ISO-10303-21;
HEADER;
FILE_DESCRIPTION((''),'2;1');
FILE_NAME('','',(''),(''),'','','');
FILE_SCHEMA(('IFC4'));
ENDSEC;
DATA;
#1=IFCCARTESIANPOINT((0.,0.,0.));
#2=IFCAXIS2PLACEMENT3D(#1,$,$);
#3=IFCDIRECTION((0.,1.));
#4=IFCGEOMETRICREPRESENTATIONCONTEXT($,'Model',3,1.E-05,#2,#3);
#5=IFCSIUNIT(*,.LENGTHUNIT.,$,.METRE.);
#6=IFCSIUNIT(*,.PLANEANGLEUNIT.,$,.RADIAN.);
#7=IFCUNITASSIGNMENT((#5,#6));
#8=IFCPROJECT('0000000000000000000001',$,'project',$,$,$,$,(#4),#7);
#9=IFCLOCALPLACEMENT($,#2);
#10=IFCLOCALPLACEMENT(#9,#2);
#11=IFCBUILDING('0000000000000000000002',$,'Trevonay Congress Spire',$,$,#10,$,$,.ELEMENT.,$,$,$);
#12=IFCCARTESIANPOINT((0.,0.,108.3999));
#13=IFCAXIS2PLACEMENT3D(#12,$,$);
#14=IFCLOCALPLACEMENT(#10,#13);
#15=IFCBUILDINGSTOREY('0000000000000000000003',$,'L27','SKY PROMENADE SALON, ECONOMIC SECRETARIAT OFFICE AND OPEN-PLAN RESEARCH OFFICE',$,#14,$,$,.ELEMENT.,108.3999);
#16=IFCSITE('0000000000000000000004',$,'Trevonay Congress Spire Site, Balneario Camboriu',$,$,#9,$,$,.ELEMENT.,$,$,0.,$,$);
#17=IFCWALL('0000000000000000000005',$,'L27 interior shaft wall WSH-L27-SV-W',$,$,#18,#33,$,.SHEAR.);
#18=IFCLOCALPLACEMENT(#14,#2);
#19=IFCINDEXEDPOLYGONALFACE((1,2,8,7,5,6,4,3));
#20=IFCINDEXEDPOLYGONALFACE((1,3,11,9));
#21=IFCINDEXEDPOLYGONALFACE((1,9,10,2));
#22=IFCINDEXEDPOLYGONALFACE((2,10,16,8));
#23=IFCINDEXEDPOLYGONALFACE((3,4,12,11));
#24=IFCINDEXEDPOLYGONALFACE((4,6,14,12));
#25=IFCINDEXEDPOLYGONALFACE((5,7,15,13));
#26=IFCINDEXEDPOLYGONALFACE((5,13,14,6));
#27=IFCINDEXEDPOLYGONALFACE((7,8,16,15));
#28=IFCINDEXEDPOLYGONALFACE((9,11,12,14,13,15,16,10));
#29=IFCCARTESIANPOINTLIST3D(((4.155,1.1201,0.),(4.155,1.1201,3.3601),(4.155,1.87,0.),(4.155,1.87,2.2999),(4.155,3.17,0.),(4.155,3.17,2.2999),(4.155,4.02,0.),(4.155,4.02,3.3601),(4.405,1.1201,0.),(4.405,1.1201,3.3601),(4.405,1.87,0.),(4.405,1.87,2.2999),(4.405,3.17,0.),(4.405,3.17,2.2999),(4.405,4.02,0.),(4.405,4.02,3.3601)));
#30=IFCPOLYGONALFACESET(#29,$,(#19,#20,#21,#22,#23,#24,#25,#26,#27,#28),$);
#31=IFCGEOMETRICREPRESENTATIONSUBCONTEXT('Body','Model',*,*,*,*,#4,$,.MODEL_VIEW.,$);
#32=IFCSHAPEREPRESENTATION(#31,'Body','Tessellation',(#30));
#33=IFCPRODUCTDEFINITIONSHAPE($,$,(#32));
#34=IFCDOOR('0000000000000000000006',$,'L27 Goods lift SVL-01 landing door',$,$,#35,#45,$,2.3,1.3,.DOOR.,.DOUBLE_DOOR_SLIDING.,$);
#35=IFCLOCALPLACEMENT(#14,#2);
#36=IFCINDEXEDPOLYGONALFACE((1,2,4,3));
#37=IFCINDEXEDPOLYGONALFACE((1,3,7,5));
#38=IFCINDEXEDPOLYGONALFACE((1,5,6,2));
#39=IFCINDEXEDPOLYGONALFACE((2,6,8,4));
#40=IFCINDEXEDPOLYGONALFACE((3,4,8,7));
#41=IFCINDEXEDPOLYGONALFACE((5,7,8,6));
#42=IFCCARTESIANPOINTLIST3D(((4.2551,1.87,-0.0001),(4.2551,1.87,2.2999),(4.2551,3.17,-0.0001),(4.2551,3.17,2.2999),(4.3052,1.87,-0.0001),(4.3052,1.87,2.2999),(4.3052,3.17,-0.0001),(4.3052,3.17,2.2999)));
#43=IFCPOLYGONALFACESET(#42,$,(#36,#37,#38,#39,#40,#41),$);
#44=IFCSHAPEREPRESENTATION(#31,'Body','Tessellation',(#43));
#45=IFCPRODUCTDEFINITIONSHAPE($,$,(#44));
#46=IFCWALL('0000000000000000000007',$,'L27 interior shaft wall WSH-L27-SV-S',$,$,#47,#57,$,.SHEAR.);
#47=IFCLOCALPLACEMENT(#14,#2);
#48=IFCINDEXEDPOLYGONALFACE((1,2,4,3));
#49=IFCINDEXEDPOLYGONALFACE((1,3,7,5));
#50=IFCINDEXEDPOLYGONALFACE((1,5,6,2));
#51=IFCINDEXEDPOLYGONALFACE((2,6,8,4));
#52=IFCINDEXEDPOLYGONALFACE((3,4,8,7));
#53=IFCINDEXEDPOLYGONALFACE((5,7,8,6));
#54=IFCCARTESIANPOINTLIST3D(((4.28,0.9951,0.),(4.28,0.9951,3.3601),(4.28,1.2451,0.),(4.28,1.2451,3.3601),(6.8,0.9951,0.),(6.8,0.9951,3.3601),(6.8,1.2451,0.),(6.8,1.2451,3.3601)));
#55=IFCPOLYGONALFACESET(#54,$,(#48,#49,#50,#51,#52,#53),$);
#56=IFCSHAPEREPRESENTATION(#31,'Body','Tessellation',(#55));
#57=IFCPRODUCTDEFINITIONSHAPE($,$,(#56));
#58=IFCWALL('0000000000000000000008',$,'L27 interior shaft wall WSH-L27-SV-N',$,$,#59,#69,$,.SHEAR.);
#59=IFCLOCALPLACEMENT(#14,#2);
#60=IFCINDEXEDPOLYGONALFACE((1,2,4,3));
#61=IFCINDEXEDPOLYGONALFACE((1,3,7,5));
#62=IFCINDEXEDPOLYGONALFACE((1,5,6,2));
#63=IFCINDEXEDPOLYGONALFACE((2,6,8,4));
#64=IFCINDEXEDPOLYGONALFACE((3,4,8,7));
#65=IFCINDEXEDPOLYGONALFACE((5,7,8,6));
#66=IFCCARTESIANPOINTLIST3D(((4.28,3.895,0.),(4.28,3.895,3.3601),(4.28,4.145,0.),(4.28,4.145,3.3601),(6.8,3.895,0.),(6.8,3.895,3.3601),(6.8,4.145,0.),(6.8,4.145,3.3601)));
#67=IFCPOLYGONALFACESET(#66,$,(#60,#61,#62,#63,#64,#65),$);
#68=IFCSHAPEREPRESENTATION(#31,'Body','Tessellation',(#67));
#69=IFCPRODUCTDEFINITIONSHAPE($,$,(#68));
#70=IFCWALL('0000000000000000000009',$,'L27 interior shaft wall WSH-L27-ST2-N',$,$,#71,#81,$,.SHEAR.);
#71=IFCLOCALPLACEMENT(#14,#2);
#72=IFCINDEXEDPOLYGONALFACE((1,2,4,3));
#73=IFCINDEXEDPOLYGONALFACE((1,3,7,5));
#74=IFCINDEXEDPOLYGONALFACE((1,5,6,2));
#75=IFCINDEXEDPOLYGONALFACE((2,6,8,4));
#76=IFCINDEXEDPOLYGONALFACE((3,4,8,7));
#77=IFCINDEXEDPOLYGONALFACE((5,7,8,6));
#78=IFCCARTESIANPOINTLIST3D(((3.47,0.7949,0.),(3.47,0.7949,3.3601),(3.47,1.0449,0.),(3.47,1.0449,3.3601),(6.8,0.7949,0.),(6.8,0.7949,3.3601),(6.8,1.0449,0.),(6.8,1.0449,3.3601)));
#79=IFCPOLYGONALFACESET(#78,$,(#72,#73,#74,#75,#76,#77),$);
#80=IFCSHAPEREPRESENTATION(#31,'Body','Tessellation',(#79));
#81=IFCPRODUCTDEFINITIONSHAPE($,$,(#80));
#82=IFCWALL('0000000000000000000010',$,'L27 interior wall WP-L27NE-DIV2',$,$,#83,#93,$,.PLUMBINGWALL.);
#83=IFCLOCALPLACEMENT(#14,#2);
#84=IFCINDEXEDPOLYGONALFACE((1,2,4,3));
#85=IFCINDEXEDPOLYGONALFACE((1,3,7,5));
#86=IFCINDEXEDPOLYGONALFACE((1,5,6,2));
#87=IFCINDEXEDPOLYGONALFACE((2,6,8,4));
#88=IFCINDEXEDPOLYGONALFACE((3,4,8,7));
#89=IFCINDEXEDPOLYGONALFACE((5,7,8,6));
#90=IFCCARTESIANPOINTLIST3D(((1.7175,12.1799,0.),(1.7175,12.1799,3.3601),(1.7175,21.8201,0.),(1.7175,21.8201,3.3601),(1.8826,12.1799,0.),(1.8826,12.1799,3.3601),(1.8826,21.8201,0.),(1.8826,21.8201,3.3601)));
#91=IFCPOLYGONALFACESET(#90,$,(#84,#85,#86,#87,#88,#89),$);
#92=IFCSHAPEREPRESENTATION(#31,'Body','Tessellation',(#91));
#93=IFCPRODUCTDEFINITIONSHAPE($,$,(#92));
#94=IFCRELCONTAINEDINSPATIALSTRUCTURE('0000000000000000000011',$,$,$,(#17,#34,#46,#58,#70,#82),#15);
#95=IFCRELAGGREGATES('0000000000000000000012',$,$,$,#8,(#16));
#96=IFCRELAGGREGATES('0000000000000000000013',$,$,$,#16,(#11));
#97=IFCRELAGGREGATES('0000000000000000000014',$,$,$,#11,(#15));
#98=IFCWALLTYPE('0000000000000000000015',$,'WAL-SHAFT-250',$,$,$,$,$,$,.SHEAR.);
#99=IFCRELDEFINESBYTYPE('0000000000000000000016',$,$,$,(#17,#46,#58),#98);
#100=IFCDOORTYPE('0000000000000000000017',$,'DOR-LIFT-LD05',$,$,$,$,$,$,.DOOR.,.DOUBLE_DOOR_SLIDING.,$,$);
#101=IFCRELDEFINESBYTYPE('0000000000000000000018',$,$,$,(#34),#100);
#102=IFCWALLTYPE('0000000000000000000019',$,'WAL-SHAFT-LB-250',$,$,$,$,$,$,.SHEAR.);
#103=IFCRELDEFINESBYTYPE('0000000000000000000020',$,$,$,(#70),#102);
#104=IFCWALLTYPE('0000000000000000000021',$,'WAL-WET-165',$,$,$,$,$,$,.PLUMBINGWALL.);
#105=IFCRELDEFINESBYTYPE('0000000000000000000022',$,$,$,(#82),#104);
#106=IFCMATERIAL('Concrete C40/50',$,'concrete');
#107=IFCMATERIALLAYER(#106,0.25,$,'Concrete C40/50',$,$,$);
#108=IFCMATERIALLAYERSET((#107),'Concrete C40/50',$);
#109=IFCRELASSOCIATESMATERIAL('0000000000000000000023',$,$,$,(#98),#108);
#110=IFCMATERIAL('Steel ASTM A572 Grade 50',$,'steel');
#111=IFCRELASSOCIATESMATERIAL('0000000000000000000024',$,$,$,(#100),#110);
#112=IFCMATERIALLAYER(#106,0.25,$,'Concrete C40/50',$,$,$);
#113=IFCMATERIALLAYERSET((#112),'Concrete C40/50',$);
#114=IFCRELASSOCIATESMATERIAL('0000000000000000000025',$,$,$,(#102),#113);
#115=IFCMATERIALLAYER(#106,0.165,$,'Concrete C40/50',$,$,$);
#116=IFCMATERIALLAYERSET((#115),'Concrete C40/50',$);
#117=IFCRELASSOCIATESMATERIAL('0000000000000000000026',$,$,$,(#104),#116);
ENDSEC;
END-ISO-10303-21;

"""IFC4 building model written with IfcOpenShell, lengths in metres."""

from ifc_helpers import new_model, si_unit, direction, frame, frame_2d, origin, place, context, subcontext, project, spatial, rectangle, extrude, material, layer, layer_set, type_object, element, fill, save


model = new_model("IFC4")

# Units and contexts
model_context = context("Model", 3, precision=1e-05, world=origin(), true_north=direction((0.0, 1.0)))
body_context = subcontext(model_context, "Body", "Model", "MODEL_VIEW")
ifc_project = project(units=[si_unit("LENGTHUNIT", "METRE"), si_unit("PLANEANGLEUNIT", "RADIAN")], contexts=[model_context])

# Site, building, storey
site_placement = place(None, origin())
site = spatial("IfcSite", under=ifc_project, at=site_placement, Name="Trevonay Congress Spire Site, Balneario Camboriu", CompositionType="ELEMENT", RefElevation=0.0)
building_placement = place(site_placement, origin())
building = spatial("IfcBuilding", under=site, at=building_placement, Name="Trevonay Congress Spire", CompositionType="ELEMENT")
storey_placement = place(building_placement, frame((0.0, 0.0, 108.3999)))
storey = spatial("IfcBuildingStorey", under=building, at=storey_placement, Name="L27", Description="SKY PROMENADE SALON, ECONOMIC SECRETARIAT OFFICE AND OPEN-PLAN RESEARCH OFFICE", CompositionType="ELEMENT", Elevation=108.3999)

# Shared definitions
ifc_material_1 = material(Name="Steel ASTM A572 Grade 50", Category="steel")

# Shared definitions
ifc_material_2 = material(Name="Concrete C40/50", Category="concrete")
ifc_layer_1 = layer(ifc_material_2, 0.25, Name="Concrete C40/50")
ifc_layer_set_1 = layer_set([ifc_layer_1], Name="Concrete C40/50")
wall_type_1 = type_object("IfcWallType", Name="WAL-SHAFT-250", PredefinedType="SHEAR", material=ifc_layer_set_1)

# Wall, opening, door
wall_1_placement = place(storey_placement, frame((4.28, 1.1201, 0.0), z_axis=(0.0, 0.0, 1.0), x_axis=(0.0, 1.0, 0.0)))
wall_1 = element("IfcWall", 1, at=wall_1_placement, inside=storey, type_object=wall_type_1, Name="L27 interior shaft wall WSH-L27-SV-W", PredefinedType="SHEAR", context=body_context, shape_type="SweptSolid", body=[
    extrude(rectangle(XDim=2.8999, YDim=0.25, at=frame_2d((1.45, 0.0))), origin(), (0.0, 0.0, 1.0), 3.3601),
])
opening_1_placement = place(wall_1_placement, frame((0.75, 0.0, 0.0)))
opening_1 = element("IfcOpeningElement", 2, at=opening_1_placement, cuts=wall_1, PredefinedType="OPENING", context=body_context, shape_type="SweptSolid", body=[
    extrude(rectangle(XDim=1.3, YDim=2.3, at=frame_2d((0.6499, 1.1499))), frame((0.0, 0.135, 0.0), z_axis=(0.0, -1.0, 0.0), x_axis=(1.0, 0.0, 0.0)), (0.0, 0.0, 1.0), 0.27),
])
door_type_1 = type_object("IfcDoorType", Name="DOR-LIFT-LD05", OperationType="DOUBLE_DOOR_SLIDING", PredefinedType="DOOR", material=ifc_material_1)
door_1_placement = place(opening_1_placement, origin())
door_1 = element("IfcDoor", 3, at=door_1_placement, inside=storey, type_object=door_type_1, Name="L27 Goods lift SVL-01 landing door", OperationType="DOUBLE_DOOR_SLIDING", OverallHeight=2.3, OverallWidth=1.3, PredefinedType="DOOR", context=body_context, shape_type="SweptSolid", body=[
    extrude(rectangle(XDim=1.3, YDim=2.3, at=frame_2d((0.6499, 1.1499))), frame((0.0, 0.0249, 0.0), z_axis=(0.0, -1.0, 0.0), x_axis=(1.0, 0.0, 0.0)), (0.0, 0.0, 1.0), 0.05),
])
fill(opening_1, door_1)

# Walls
for number, where, z_axis, x_axis, name in (
    (4, (4.28, 1.1201, 0.0), (0.0, 0.0, 1.0), (1.0, 0.0, 0.0), "L27 interior shaft wall WSH-L27-SV-S"),
    (5, (4.28, 4.02, 0.0), (0.0, 0.0, 1.0), (1.0, 0.0, 0.0), "L27 interior shaft wall WSH-L27-SV-N"),
):
    element("IfcWall", number, at=place(storey_placement, frame(where, z_axis=z_axis, x_axis=x_axis)), inside=storey, type_object=wall_type_1, Name=name, PredefinedType="SHEAR", context=body_context, shape_type="SweptSolid", body=[
        extrude(rectangle(XDim=2.52, YDim=0.25, at=frame_2d((1.26, 0.0))), origin(), (0.0, 0.0, 1.0), 3.3601),
    ])
ifc_layer_2 = layer(ifc_material_2, 0.25, Name="Concrete C40/50")
ifc_layer_set_2 = layer_set([ifc_layer_2], Name="Concrete C40/50")
wall_type_2 = type_object("IfcWallType", Name="WAL-SHAFT-LB-250", PredefinedType="SHEAR", material=ifc_layer_set_2)
wall_2_placement = place(storey_placement, frame((3.47, 0.9199, 0.0), z_axis=(0.0, 0.0, 1.0), x_axis=(1.0, 0.0, 0.0)))
element("IfcWall", 6, at=wall_2_placement, inside=storey, type_object=wall_type_2, Name="L27 interior shaft wall WSH-L27-ST2-N", PredefinedType="SHEAR", context=body_context, shape_type="SweptSolid", body=[
    extrude(rectangle(XDim=3.3301, YDim=0.25, at=frame_2d((1.665, 0.0))), origin(), (0.0, 0.0, 1.0), 3.3601),
])
ifc_layer_3 = layer(ifc_material_2, 0.165, Name="Concrete C40/50")
ifc_layer_set_3 = layer_set([ifc_layer_3], Name="Concrete C40/50")
wall_type_3 = type_object("IfcWallType", Name="WAL-WET-165", PredefinedType="PLUMBINGWALL", material=ifc_layer_set_3)
wall_3_placement = place(storey_placement, frame((1.8, 12.1799, 0.0), z_axis=(0.0, 0.0, 1.0), x_axis=(0.0, 1.0, 0.0)))
element("IfcWall", 7, at=wall_3_placement, inside=storey, type_object=wall_type_3, Name="L27 interior wall WP-L27NE-DIV2", PredefinedType="PLUMBINGWALL", context=body_context, shape_type="SweptSolid", body=[
    extrude(rectangle(XDim=9.6401, YDim=0.165, at=frame_2d((4.8201, 0.0))), origin(), (0.0, 0.0, 1.0), 3.3601),
])

save(model, "model.ifc")
